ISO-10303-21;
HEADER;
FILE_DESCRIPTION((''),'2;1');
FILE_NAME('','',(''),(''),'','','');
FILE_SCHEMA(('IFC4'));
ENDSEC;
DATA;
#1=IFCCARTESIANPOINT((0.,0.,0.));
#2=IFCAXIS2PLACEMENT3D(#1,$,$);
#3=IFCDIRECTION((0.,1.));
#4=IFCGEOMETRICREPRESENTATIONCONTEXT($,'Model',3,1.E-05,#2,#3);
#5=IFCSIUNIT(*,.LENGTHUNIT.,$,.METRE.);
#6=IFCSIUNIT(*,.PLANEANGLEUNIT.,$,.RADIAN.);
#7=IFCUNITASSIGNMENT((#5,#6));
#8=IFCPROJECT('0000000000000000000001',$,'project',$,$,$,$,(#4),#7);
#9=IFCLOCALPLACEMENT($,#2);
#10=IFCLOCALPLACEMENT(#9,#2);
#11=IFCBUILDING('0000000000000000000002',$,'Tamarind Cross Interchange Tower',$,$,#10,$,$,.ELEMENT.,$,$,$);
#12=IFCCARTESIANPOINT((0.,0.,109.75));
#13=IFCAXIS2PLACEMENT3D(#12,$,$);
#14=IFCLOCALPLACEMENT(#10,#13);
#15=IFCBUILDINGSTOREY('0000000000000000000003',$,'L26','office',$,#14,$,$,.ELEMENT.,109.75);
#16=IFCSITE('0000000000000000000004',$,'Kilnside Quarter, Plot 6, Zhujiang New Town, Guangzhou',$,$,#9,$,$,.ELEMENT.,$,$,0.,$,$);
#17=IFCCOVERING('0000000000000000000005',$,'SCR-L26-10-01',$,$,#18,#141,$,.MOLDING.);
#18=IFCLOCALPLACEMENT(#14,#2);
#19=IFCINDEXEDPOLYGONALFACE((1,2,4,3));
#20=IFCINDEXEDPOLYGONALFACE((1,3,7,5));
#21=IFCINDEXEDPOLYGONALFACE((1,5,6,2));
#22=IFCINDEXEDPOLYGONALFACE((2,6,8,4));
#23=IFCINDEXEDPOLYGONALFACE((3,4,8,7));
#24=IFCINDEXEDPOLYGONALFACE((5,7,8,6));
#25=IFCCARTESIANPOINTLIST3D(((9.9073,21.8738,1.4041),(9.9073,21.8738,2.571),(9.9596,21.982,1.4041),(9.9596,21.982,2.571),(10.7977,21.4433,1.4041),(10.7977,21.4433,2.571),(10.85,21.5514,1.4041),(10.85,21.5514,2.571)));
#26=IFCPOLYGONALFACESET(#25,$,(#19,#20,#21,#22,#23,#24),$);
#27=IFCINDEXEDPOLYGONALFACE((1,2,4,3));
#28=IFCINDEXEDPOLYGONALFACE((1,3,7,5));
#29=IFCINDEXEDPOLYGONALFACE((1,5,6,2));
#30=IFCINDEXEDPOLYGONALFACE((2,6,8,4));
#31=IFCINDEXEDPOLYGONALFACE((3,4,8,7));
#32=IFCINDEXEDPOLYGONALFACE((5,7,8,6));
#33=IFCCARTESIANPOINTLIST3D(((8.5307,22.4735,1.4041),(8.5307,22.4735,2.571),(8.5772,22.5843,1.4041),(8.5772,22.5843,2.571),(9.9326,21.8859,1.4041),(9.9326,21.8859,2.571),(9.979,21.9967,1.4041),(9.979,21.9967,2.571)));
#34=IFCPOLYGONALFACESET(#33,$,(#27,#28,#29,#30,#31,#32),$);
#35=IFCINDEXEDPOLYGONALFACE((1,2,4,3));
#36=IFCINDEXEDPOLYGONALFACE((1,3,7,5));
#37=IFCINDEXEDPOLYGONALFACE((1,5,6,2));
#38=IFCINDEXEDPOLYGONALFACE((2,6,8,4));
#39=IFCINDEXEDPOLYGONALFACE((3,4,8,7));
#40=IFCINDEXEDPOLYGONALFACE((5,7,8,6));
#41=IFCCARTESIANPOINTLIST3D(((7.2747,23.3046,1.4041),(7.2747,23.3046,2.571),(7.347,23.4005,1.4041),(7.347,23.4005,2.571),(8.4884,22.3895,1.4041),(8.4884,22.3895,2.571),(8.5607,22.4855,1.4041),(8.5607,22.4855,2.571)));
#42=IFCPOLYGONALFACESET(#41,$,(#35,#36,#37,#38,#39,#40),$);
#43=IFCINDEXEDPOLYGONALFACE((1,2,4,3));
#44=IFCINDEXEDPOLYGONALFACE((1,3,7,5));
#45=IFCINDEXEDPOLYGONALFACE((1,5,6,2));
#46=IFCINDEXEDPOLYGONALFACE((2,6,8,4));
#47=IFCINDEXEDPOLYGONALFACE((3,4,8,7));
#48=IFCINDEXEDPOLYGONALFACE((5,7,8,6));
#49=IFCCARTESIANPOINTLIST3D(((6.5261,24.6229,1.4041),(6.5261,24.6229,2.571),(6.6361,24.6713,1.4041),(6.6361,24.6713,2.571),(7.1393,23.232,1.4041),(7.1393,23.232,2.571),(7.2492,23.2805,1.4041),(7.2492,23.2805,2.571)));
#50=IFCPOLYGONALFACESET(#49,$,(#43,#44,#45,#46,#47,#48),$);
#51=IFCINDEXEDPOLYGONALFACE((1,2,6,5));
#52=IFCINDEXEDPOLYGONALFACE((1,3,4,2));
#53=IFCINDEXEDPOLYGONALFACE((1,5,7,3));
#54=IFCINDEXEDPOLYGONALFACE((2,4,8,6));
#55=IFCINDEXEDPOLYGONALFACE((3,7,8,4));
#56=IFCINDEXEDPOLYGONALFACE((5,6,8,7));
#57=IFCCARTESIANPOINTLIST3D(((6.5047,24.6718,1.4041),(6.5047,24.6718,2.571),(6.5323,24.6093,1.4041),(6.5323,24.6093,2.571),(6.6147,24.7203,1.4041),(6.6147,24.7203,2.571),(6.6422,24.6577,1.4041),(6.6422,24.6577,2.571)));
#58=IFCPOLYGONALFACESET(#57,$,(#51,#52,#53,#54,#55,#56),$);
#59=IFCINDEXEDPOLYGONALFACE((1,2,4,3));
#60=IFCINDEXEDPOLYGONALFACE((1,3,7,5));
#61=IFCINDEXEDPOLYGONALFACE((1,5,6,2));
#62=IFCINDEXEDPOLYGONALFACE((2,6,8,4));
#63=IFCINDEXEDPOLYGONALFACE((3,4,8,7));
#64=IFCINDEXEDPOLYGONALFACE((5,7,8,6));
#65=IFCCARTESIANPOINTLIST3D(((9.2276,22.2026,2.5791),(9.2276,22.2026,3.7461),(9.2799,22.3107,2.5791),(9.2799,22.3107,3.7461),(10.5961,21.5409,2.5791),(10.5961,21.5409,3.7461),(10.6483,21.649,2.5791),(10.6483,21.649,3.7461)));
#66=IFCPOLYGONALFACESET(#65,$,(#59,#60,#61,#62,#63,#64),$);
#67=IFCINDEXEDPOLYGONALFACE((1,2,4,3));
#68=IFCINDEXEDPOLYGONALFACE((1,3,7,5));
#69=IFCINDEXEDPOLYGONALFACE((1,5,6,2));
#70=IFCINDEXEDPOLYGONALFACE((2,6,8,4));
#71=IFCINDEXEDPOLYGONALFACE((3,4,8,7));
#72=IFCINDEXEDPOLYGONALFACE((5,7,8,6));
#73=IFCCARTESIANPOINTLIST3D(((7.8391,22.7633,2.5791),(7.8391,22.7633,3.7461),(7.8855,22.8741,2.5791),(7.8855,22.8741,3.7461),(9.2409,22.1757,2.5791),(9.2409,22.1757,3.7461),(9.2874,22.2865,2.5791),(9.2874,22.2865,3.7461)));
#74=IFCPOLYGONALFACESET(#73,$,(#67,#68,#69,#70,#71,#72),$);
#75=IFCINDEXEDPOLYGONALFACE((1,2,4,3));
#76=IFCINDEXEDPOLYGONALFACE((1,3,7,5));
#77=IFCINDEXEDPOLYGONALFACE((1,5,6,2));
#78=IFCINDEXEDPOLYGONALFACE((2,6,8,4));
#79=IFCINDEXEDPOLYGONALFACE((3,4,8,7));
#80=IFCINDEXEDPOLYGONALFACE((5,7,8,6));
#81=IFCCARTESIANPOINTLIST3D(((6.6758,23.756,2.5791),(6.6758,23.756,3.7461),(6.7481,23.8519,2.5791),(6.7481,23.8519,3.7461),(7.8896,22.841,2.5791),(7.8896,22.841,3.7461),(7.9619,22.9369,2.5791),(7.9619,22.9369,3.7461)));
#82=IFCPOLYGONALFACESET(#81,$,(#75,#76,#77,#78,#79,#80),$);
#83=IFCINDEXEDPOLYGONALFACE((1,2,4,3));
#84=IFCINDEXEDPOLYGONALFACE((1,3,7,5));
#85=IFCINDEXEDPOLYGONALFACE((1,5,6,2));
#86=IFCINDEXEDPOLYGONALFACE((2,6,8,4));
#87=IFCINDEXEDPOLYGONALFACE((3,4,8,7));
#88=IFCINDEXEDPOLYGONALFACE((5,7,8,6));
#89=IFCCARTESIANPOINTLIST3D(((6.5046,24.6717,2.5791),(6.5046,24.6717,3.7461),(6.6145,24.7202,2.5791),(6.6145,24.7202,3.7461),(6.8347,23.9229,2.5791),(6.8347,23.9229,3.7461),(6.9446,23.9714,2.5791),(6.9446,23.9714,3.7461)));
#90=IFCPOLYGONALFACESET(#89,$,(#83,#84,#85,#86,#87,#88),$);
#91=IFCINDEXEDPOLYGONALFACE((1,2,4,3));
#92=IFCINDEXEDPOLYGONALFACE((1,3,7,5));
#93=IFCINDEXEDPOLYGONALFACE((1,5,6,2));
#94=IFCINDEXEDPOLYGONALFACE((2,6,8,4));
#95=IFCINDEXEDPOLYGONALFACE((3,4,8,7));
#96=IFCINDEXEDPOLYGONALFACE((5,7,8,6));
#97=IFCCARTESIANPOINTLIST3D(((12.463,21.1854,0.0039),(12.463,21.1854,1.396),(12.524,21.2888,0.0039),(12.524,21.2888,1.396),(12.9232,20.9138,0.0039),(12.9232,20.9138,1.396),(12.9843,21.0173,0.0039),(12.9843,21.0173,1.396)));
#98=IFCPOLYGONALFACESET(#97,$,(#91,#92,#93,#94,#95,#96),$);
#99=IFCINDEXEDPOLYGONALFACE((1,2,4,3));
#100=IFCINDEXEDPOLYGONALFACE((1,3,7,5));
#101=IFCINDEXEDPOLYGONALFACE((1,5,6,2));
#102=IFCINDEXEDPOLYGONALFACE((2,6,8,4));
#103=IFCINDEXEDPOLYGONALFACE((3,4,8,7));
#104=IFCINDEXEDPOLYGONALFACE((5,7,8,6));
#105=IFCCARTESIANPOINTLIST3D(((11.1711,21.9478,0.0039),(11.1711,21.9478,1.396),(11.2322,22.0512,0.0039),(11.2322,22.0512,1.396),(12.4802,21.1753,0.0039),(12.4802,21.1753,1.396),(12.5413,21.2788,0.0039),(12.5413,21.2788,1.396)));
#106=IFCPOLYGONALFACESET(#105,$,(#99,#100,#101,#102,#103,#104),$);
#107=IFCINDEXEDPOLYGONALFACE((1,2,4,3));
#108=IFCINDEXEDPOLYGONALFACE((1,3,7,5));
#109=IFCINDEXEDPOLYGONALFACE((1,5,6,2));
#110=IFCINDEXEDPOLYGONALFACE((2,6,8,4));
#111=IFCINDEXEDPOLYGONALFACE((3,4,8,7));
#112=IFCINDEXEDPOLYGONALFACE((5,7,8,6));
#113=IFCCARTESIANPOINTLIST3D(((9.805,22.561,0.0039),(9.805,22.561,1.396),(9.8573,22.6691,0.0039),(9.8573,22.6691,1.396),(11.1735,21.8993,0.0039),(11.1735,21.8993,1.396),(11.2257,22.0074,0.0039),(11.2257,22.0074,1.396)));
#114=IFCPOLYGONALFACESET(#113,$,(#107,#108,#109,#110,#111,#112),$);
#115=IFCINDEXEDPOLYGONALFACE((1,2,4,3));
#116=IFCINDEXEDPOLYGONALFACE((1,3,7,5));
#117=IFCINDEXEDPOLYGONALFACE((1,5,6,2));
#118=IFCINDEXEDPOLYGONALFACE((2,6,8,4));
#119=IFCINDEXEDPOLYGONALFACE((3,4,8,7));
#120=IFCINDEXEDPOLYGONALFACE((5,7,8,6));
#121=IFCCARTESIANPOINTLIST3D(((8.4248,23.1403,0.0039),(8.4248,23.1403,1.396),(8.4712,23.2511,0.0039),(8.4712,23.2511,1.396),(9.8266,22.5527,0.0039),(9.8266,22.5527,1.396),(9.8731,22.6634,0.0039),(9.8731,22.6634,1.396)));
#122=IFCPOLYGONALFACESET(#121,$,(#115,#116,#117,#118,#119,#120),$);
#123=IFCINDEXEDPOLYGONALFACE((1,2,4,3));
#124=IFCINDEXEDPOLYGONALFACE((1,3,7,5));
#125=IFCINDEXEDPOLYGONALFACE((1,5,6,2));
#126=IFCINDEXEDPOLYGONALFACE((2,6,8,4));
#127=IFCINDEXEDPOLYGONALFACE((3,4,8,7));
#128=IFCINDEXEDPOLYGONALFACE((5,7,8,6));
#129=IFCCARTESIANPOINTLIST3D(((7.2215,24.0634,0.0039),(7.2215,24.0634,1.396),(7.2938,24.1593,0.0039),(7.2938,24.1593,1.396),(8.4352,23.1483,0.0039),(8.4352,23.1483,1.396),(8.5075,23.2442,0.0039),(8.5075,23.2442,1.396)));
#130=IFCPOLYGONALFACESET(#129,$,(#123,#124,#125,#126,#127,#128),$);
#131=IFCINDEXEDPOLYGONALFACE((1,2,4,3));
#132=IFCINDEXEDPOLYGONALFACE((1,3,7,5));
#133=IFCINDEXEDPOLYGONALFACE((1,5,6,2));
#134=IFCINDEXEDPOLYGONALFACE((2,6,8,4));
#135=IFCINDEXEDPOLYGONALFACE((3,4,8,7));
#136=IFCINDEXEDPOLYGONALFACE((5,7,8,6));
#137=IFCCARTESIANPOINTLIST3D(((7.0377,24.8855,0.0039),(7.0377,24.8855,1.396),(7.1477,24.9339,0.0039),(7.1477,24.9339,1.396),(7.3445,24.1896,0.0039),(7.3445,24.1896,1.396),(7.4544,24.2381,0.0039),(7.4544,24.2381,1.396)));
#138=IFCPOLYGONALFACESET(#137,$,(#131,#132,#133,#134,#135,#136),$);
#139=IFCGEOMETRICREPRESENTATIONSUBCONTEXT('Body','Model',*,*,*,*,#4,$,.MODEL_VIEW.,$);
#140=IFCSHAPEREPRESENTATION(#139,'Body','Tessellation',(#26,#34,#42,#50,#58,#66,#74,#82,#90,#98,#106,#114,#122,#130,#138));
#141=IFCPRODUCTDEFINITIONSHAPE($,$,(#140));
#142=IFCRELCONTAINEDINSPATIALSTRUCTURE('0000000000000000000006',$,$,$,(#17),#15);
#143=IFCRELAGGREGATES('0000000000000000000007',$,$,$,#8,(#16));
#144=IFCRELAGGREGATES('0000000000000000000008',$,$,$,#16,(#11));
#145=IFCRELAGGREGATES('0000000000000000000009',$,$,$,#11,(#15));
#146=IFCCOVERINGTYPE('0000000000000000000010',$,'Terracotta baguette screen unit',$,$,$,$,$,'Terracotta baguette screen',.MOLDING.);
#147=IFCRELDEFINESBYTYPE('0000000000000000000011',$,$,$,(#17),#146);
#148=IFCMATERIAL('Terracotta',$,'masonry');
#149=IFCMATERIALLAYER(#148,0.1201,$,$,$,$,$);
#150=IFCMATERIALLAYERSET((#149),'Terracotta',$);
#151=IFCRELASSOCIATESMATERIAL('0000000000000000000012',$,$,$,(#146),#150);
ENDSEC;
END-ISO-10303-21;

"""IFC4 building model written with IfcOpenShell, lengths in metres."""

from ifc_helpers import new_model, si_unit, direction, frame, origin, origin_2d, place, context, subcontext, project, spatial, rectangle, extrude, material, layer, layer_set, type_object, element, save


model = new_model("IFC4")

# Units and contexts
model_context = context("Model", 3, precision=1e-05, world=origin(), true_north=direction((0.0, 1.0)))
body_context = subcontext(model_context, "Body", "Model", "MODEL_VIEW")
ifc_project = project(units=[si_unit("LENGTHUNIT", "METRE"), si_unit("PLANEANGLEUNIT", "RADIAN")], contexts=[model_context])

# Site, building, storey
site_placement = place(None, origin())
site = spatial("IfcSite", under=ifc_project, at=site_placement, Name="Kilnside Quarter, Plot 6, Zhujiang New Town, Guangzhou", CompositionType="ELEMENT", RefElevation=0.0)
building_placement = place(site_placement, origin())
building = spatial("IfcBuilding", under=site, at=building_placement, Name="Tamarind Cross Interchange Tower", CompositionType="ELEMENT")
storey_placement = place(building_placement, frame((0.0, 0.0, 109.75)))
storey = spatial("IfcBuildingStorey", under=building, at=storey_placement, Name="L26", Description="office", CompositionType="ELEMENT", Elevation=109.75)

# Covering
ifc_material_1 = material(Name="Terracotta", Category="masonry")
ifc_layer_1 = layer(ifc_material_1, 0.1201)
ifc_layer_set_1 = layer_set([ifc_layer_1], Name="Terracotta")
covering_type = type_object("IfcCoveringType", Name="Terracotta baguette screen unit", ElementType="Terracotta baguette screen", PredefinedType="MOLDING", material=ifc_layer_set_1)
covering_1_placement = place(storey_placement, origin())
element("IfcCovering", 1, at=covering_1_placement, inside=storey, type_object=covering_type, Name="SCR-L26-10-01", PredefinedType="MOLDING", context=body_context, shape_type="SweptSolid", body=[
    extrude(rectangle(XDim=0.989, YDim=0.1201, at=origin_2d()), frame((10.3787, 21.7126, 1.4041), z_axis=(0.0, 0.0, 1.0), x_axis=(-0.900273, 0.435326, 0.0)), (0.0, 0.0, 1.0), 1.167),
    extrude(rectangle(XDim=1.52, YDim=0.1201, at=origin_2d()), frame((9.2549, 22.2351, 1.4041), z_axis=(0.0, 0.0, 1.0), x_axis=(-0.922253, 0.386587, 0.0)), (0.0, 0.0, 1.0), 1.167),
    extrude(rectangle(XDim=1.52, YDim=0.1201, at=origin_2d()), frame((7.9177, 22.895, 1.4041), z_axis=(0.0, 0.0, 1.0), x_axis=(-0.798501, 0.601994, 0.0)), (0.0, 0.0, 1.0), 1.167),
    extrude(rectangle(XDim=1.52, YDim=0.1201, at=origin_2d()), frame((6.8877, 23.9517, 1.4041), z_axis=(0.0, 0.0, 1.0), x_axis=(-0.403415, 0.915017, 0.0)), (0.0, 0.0, 1.0), 1.167),
    extrude(rectangle(XDim=0.0684, YDim=0.1201, at=origin_2d()), frame((6.5735, 24.6648, 1.4041), z_axis=(0.0, 0.0, 1.0), x_axis=(-0.403415, 0.915017, 0.0)), (0.0, 0.0, 1.0), 1.167),
    extrude(rectangle(XDim=1.52, YDim=0.1201, at=origin_2d()), frame((9.938, 21.9258, 2.5791), z_axis=(0.0, 0.0, 1.0), x_axis=(-0.900273, 0.435326, 0.0)), (0.0, 0.0, 1.0), 1.167),
    extrude(rectangle(XDim=1.52, YDim=0.1201, at=origin_2d()), frame((8.5632, 22.5249, 2.5791), z_axis=(0.0, 0.0, 1.0), x_axis=(-0.922253, 0.386587, 0.0)), (0.0, 0.0, 1.0), 1.167),
    extrude(rectangle(XDim=1.52, YDim=0.1201, at=origin_2d()), frame((7.3188, 23.3464, 2.5791), z_axis=(0.0, 0.0, 1.0), x_axis=(-0.798501, 0.601994, 0.0)), (0.0, 0.0, 1.0), 1.167),
    extrude(rectangle(XDim=0.8184, YDim=0.1201, at=origin_2d()), frame((6.7246, 24.3215, 2.5791), z_axis=(0.0, 0.0, 1.0), x_axis=(-0.403415, 0.915017, 0.0)), (0.0, 0.0, 1.0), 1.167),
    extrude(rectangle(XDim=0.5344, YDim=0.1201, at=origin_2d()), frame((12.7236, 21.1013, 0.0039), z_axis=(0.0, 0.0, 1.0), x_axis=(-0.861249, 0.508183, 0.0)), (0.0, 0.0, 1.0), 1.3921),
    extrude(rectangle(XDim=1.52, YDim=0.1201, at=origin_2d()), frame((11.8562, 21.6133, 0.0039), z_axis=(0.0, 0.0, 1.0), x_axis=(-0.861249, 0.508183, 0.0)), (0.0, 0.0, 1.0), 1.3921),
    extrude(rectangle(XDim=1.52, YDim=0.1201, at=origin_2d()), frame((10.5154, 22.2842, 0.0039), z_axis=(0.0, 0.0, 1.0), x_axis=(-0.900273, 0.435326, 0.0)), (0.0, 0.0, 1.0), 1.3921),
    extrude(rectangle(XDim=1.52, YDim=0.1201, at=origin_2d()), frame((9.1489, 22.9019, 0.0039), z_axis=(0.0, 0.0, 1.0), x_axis=(-0.922253, 0.386587, 0.0)), (0.0, 0.0, 1.0), 1.3921),
    extrude(rectangle(XDim=1.52, YDim=0.1201, at=origin_2d()), frame((7.8645, 23.6538, 0.0039), z_axis=(0.0, 0.0, 1.0), x_axis=(-0.798501, 0.601994, 0.0)), (0.0, 0.0, 1.0), 1.3921),
    extrude(rectangle(XDim=0.7605, YDim=0.1201, at=origin_2d()), frame((7.2461, 24.5618, 0.0039), z_axis=(0.0, 0.0, 1.0), x_axis=(-0.403415, 0.915017, 0.0)), (0.0, 0.0, 1.0), 1.3921),
])

save(model, "model.ifc")
